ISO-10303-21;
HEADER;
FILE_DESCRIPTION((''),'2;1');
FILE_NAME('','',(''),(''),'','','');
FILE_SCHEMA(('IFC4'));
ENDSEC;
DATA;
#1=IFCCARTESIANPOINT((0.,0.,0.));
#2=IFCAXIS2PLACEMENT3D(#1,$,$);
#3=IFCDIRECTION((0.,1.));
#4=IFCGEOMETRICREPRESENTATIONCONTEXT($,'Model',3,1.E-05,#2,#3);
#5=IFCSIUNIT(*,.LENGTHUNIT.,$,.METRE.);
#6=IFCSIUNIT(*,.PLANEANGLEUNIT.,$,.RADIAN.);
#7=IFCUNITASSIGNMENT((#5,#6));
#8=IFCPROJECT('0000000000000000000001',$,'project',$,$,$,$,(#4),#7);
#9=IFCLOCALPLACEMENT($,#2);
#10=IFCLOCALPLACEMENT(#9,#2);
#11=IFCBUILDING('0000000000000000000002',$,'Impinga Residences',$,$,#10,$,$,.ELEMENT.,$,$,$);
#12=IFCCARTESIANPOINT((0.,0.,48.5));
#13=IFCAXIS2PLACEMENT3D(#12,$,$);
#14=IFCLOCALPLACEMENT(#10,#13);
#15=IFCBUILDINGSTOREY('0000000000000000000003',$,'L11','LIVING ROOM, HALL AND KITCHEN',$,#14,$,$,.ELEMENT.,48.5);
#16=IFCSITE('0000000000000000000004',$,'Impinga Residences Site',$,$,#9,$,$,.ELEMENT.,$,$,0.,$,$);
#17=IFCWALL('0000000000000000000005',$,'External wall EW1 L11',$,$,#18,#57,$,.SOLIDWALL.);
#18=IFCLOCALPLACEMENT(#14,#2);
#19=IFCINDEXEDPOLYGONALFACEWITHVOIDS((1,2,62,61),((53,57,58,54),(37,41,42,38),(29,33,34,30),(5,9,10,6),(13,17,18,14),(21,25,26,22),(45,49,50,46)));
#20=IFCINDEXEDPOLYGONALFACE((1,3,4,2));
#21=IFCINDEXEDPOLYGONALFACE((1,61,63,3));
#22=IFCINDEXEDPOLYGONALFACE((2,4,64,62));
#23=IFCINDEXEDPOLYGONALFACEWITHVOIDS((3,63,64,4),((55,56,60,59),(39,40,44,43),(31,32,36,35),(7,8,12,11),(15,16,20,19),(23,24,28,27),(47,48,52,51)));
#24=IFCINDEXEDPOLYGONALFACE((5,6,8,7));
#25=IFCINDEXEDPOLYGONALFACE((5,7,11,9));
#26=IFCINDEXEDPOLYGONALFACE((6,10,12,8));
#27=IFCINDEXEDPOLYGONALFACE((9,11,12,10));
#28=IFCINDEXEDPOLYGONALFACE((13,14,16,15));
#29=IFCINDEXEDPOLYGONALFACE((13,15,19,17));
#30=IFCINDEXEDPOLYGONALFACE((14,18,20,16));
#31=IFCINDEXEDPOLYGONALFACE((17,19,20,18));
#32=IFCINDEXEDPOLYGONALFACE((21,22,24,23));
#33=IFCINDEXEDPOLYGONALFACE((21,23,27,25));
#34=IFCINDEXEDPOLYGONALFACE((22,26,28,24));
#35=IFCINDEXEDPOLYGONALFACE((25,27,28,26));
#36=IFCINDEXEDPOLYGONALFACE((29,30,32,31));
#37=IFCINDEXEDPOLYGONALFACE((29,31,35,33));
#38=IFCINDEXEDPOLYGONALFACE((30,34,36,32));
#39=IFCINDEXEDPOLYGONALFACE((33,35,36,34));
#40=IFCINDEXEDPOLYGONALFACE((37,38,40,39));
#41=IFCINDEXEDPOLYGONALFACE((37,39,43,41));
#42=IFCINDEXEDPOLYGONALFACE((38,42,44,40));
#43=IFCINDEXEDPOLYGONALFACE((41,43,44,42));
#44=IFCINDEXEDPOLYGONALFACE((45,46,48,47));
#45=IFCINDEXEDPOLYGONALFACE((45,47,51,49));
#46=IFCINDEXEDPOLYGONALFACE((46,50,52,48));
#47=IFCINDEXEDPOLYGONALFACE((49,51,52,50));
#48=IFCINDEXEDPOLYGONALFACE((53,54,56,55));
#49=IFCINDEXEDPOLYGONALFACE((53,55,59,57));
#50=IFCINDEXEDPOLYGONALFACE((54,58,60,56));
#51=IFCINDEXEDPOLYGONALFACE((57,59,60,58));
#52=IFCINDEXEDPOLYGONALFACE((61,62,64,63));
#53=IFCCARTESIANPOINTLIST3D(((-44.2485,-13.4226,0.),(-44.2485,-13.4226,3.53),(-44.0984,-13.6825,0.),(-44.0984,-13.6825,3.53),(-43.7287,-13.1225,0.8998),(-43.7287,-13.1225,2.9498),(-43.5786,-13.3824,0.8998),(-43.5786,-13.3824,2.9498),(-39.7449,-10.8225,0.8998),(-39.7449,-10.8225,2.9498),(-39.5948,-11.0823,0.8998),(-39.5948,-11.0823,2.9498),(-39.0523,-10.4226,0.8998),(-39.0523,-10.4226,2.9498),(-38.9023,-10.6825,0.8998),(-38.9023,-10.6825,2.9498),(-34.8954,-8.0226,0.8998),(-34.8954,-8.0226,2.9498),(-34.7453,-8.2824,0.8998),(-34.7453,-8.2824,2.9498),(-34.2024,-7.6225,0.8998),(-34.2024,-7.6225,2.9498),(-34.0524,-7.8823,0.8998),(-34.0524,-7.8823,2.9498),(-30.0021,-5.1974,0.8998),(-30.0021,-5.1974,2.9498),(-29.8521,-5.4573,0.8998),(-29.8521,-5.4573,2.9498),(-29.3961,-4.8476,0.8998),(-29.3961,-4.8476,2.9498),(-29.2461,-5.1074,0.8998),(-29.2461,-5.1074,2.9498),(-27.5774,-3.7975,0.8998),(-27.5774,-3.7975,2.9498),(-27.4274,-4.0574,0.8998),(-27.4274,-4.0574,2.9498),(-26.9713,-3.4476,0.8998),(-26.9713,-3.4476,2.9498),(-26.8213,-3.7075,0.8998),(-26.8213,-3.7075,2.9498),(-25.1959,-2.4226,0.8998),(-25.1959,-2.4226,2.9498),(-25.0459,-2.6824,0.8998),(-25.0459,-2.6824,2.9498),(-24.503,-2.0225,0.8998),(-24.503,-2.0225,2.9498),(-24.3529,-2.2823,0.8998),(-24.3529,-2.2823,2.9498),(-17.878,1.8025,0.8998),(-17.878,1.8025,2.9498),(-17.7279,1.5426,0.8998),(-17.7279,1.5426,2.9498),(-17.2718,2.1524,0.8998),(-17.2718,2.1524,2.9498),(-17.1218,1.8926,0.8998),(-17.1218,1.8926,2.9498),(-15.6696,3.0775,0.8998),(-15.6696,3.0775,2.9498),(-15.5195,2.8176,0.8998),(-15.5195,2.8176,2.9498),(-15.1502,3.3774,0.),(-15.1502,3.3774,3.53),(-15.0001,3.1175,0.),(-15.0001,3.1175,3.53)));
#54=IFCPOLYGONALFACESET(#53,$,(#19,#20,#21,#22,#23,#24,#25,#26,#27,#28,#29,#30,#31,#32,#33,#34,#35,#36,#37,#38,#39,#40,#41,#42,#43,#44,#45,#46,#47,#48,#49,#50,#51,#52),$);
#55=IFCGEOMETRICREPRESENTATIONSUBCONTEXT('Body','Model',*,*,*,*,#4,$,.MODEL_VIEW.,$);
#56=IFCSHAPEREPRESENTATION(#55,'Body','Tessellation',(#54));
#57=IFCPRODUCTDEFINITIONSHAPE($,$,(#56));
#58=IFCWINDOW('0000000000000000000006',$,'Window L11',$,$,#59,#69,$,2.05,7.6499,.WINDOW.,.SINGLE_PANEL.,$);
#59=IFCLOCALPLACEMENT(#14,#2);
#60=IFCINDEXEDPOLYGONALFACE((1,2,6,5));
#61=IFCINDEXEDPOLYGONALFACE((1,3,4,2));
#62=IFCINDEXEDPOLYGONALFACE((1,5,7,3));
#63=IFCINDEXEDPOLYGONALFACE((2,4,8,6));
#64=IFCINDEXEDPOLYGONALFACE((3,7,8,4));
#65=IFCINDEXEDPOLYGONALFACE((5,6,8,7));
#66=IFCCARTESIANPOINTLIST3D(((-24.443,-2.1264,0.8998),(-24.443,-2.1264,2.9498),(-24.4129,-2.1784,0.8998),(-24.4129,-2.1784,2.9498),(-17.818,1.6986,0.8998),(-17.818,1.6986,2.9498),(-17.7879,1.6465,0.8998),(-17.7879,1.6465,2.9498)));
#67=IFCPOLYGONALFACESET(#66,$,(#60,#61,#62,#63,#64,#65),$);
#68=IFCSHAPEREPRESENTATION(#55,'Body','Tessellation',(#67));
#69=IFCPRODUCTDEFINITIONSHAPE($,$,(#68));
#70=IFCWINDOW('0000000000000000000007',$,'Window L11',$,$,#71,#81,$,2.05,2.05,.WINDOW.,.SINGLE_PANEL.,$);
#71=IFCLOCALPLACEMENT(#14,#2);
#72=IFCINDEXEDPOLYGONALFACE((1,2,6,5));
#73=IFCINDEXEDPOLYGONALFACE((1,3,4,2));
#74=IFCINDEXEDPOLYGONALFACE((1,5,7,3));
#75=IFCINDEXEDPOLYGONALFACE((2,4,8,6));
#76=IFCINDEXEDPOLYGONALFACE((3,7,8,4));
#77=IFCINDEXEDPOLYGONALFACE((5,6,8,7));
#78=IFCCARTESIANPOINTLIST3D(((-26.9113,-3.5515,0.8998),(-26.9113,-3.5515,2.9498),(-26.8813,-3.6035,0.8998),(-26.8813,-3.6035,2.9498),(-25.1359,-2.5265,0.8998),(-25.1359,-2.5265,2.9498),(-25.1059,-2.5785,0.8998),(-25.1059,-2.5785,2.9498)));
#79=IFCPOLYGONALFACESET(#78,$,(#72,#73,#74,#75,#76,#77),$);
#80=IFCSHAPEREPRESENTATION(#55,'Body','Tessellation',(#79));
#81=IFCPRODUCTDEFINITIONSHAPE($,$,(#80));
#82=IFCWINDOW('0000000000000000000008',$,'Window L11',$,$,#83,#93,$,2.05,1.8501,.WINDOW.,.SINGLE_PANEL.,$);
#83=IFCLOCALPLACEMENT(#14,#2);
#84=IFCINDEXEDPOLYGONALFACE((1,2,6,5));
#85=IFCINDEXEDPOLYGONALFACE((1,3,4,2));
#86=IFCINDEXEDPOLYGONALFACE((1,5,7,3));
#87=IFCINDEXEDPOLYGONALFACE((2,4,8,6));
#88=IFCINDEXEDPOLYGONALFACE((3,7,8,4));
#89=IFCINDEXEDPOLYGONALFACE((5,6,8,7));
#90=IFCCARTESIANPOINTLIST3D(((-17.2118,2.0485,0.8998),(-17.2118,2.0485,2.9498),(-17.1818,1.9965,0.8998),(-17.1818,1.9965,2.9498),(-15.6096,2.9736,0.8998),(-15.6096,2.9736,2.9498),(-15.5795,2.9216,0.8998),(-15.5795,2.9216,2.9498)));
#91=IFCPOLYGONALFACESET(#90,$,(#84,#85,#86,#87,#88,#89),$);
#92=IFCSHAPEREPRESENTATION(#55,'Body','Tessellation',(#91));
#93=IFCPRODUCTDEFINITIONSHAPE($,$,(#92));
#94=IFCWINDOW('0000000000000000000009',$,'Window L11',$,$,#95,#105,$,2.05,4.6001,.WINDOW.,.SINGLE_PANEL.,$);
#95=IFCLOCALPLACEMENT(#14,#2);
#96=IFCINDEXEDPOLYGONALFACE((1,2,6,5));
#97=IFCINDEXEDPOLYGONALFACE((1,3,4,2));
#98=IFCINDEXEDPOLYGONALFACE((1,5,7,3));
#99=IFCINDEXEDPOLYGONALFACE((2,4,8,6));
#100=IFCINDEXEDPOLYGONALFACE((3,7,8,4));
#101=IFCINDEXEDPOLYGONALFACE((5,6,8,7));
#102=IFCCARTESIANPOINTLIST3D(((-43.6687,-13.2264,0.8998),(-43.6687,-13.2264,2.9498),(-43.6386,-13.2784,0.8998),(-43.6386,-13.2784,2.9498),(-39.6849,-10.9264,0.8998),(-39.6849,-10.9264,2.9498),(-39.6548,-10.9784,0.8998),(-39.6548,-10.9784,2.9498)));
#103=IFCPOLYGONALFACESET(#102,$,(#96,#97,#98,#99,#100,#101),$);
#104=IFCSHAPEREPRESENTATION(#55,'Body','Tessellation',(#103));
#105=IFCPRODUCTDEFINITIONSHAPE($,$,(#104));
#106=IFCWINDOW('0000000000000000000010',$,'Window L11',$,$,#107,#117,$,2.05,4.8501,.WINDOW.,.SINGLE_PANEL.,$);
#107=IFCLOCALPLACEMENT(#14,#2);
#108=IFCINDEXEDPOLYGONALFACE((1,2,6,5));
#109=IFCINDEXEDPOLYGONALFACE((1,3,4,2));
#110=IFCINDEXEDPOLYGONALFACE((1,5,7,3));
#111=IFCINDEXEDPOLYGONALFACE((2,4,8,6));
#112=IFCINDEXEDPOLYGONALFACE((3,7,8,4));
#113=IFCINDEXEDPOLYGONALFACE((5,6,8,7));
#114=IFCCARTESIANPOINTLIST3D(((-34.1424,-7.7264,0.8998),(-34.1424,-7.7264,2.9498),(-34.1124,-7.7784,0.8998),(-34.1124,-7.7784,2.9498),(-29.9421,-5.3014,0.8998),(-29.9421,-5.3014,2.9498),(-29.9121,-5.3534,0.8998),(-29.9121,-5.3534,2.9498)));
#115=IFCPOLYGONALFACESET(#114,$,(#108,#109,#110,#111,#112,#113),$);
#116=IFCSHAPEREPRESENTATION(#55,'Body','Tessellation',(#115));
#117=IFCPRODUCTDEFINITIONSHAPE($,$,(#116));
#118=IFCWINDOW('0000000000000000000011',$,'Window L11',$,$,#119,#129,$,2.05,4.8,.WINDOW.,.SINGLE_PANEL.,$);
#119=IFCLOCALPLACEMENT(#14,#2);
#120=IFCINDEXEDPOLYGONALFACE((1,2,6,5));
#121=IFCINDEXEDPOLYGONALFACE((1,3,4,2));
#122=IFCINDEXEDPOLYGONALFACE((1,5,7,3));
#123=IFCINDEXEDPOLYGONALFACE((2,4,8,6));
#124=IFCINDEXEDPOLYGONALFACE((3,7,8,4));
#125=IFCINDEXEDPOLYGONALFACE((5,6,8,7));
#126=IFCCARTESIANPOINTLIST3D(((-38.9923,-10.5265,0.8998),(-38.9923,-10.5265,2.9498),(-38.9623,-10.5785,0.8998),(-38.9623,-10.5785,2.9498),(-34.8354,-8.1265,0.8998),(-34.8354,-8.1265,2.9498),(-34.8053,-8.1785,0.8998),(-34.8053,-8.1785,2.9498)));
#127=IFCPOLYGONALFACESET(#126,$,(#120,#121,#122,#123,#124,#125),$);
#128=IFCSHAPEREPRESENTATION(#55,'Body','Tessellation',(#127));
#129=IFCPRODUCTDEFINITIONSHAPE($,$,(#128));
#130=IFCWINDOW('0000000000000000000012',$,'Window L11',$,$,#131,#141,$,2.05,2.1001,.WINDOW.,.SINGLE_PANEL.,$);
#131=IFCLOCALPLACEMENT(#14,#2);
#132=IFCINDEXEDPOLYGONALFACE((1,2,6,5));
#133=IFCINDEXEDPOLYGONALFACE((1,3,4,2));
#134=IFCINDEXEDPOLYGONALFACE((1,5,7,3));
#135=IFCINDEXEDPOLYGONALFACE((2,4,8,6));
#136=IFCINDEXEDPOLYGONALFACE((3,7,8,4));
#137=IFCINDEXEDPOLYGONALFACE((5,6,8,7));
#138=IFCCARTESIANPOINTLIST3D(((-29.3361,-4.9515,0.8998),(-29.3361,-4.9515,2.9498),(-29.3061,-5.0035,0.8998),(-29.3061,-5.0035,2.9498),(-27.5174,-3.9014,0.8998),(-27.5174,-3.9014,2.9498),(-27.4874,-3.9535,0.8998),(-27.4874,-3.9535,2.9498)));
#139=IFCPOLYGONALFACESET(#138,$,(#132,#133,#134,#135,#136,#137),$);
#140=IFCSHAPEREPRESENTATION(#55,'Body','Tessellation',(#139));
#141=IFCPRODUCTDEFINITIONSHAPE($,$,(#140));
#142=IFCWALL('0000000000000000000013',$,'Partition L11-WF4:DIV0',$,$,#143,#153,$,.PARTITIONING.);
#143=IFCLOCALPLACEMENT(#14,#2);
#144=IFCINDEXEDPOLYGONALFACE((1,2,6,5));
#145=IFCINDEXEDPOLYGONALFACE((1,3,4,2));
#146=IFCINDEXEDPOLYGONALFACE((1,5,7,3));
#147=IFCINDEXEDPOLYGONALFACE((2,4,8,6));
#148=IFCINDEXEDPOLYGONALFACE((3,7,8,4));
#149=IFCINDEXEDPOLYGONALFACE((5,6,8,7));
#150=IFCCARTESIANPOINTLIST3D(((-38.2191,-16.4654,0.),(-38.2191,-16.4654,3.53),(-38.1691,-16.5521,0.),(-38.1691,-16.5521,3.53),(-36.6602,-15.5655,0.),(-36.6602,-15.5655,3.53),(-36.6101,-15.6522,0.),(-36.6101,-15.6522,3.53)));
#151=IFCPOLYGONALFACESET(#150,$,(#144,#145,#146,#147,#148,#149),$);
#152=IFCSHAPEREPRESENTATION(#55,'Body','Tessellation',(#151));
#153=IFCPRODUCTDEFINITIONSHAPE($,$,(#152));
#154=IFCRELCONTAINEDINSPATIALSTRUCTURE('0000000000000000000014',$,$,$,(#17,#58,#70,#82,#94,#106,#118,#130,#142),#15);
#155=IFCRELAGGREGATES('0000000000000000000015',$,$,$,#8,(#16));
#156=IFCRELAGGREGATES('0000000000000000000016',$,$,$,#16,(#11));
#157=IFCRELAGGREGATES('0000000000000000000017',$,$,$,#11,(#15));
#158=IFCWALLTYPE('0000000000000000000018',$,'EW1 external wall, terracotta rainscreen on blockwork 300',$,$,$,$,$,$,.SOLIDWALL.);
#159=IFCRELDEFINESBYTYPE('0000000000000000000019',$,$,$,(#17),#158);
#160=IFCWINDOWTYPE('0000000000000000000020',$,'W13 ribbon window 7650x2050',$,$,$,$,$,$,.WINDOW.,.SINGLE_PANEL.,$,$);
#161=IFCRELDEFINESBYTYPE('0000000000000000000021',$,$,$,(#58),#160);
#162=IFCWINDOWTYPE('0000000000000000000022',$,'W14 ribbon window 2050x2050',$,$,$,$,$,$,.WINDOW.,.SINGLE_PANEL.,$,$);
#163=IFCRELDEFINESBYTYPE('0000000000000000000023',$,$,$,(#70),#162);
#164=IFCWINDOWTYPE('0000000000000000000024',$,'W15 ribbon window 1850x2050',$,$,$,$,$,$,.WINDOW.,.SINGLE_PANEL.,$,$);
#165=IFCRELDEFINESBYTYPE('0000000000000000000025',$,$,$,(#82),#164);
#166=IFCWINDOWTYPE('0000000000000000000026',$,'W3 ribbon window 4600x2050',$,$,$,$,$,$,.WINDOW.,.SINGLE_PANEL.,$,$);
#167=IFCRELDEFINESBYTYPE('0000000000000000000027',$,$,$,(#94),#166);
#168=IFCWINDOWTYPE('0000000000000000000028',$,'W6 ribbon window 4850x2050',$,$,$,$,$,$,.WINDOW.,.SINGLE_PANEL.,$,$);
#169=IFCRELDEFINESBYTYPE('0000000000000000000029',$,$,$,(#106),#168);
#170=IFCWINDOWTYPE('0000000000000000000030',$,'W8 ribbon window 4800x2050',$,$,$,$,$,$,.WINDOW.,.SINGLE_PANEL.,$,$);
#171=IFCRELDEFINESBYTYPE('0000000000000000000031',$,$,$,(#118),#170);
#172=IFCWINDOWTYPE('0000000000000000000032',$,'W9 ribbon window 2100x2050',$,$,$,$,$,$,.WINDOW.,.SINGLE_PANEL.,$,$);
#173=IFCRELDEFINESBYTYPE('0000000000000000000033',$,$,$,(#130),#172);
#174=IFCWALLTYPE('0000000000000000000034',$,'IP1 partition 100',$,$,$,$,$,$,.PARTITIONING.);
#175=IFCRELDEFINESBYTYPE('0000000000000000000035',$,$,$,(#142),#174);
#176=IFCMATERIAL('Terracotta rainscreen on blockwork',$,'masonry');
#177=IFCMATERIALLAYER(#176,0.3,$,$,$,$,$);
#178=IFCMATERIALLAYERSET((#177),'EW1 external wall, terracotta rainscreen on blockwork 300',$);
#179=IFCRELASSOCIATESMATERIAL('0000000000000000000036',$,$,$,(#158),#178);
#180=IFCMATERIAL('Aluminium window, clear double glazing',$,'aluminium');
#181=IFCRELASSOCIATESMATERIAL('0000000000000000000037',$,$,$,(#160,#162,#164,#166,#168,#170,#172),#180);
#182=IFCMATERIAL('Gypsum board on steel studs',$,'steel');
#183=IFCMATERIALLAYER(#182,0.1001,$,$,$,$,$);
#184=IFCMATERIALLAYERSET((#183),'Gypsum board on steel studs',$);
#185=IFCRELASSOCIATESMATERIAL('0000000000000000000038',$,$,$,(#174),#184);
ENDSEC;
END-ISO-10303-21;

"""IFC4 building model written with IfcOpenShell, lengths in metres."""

from ifc_helpers import new_model, si_unit, direction, frame, frame_2d, origin, place, context, subcontext, project, spatial, rectangle, extrude, material, layer, layer_set, type_object, element, fill, save


model = new_model("IFC4")

# Units and contexts
model_context = context("Model", 3, precision=1e-05, world=origin(), true_north=direction((0.0, 1.0)))
body_context = subcontext(model_context, "Body", "Model", "MODEL_VIEW")
ifc_project = project(units=[si_unit("LENGTHUNIT", "METRE"), si_unit("PLANEANGLEUNIT", "RADIAN")], contexts=[model_context])

# Site, building, storey
site_placement = place(None, origin())
site = spatial("IfcSite", under=ifc_project, at=site_placement, Name="Impinga Residences Site", CompositionType="ELEMENT", RefElevation=0.0)
building_placement = place(site_placement, origin())
building = spatial("IfcBuilding", under=site, at=building_placement, Name="Impinga Residences", CompositionType="ELEMENT")
storey_placement = place(building_placement, frame((0.0, 0.0, 48.5)))
storey = spatial("IfcBuildingStorey", under=building, at=storey_placement, Name="L11", Description="LIVING ROOM, HALL AND KITCHEN", CompositionType="ELEMENT", Elevation=48.5)

# Shared definitions
ifc_material_1 = material(Name="Terracotta rainscreen on blockwork", Category="masonry")
ifc_layer_1 = layer(ifc_material_1, 0.3)
ifc_layer_set_1 = layer_set([ifc_layer_1], Name="EW1 external wall, terracotta rainscreen on blockwork 300")
wall_type_1 = type_object("IfcWallType", Name="EW1 external wall, terracotta rainscreen on blockwork 300", PredefinedType="SOLIDWALL", material=ifc_layer_set_1)

# Wall, openings, windows
wall_1_placement = place(storey_placement, frame((-44.1733, -13.5525, 0.0), z_axis=(0.0, 0.0, 1.0), x_axis=(0.866024, 0.500002, 0.0)))
wall_1 = element("IfcWall", 1, at=wall_1_placement, inside=storey, type_object=wall_type_1, Name="External wall EW1 L11", PredefinedType="SOLIDWALL", context=body_context, shape_type="SweptSolid", body=[
    extrude(rectangle(XDim=33.5999, YDim=0.3, at=frame_2d((16.7998, 0.0))), origin(), (0.0, 0.0, 1.0), 3.53),
])
opening_1_placement = place(wall_1_placement, frame((0.6001, 0.0, 0.8999)))
opening_1 = element("IfcOpeningElement", 2, at=opening_1_placement, cuts=wall_1, PredefinedType="OPENING", context=body_context, shape_type="SweptSolid", body=[
    extrude(rectangle(XDim=4.6001, YDim=2.05, at=frame_2d((2.3, 1.0249))), frame((0.0, 0.1599, 0.0), z_axis=(0.0, -1.0, 0.0), x_axis=(1.0, 0.0, 0.0)), (0.0, 0.0, 1.0), 0.3201),
])
opening_2_placement = place(wall_1_placement, frame((6.0, 0.0, 0.8999)))
opening_2 = element("IfcOpeningElement", 3, at=opening_2_placement, cuts=wall_1, PredefinedType="OPENING", context=body_context, shape_type="SweptSolid", body=[
    extrude(rectangle(XDim=4.8, YDim=2.05, at=frame_2d((2.3999, 1.0249))), frame((0.0, 0.1599, 0.0), z_axis=(0.0, -1.0, 0.0), x_axis=(1.0, 0.0, 0.0)), (0.0, 0.0, 1.0), 0.3201),
])
opening_3_placement = place(wall_1_placement, frame((11.6001, 0.0, 0.8999)))
opening_3 = element("IfcOpeningElement", 4, at=opening_3_placement, cuts=wall_1, PredefinedType="OPENING", context=body_context, shape_type="SweptSolid", body=[
    extrude(rectangle(XDim=4.8501, YDim=2.05, at=frame_2d((2.425, 1.0249))), frame((0.0, 0.1599, 0.0), z_axis=(0.0, -1.0, 0.0), x_axis=(1.0, 0.0, 0.0)), (0.0, 0.0, 1.0), 0.3201),
])
opening_4_placement = place(wall_1_placement, frame((17.1499, 0.0, 0.8999)))
opening_4 = element("IfcOpeningElement", 5, at=opening_4_placement, cuts=wall_1, PredefinedType="OPENING", context=body_context, shape_type="SweptSolid", body=[
    extrude(rectangle(XDim=2.1001, YDim=2.05, at=frame_2d((1.05, 1.0249))), frame((0.0, 0.1599, 0.0), z_axis=(0.0, -1.0, 0.0), x_axis=(1.0, 0.0, 0.0)), (0.0, 0.0, 1.0), 0.3201),
])
opening_5_placement = place(wall_1_placement, frame((19.95, 0.0, 0.8999)))
opening_5 = element("IfcOpeningElement", 6, at=opening_5_placement, cuts=wall_1, PredefinedType="OPENING", context=body_context, shape_type="SweptSolid", body=[
    extrude(rectangle(XDim=2.05, YDim=2.05, at=frame_2d((1.0249, 1.0249))), frame((0.0, 0.1599, 0.0), z_axis=(0.0, -1.0, 0.0), x_axis=(1.0, 0.0, 0.0)), (0.0, 0.0, 1.0), 0.3201),
])
opening_6_placement = place(wall_1_placement, frame((22.8, 0.0, 0.8999)))
opening_6 = element("IfcOpeningElement", 7, at=opening_6_placement, cuts=wall_1, PredefinedType="OPENING", context=body_context, shape_type="SweptSolid", body=[
    extrude(rectangle(XDim=7.6499, YDim=2.05, at=frame_2d((3.825, 1.0249))), frame((0.0, 0.1599, 0.0), z_axis=(0.0, -1.0, 0.0), x_axis=(1.0, 0.0, 0.0)), (0.0, 0.0, 1.0), 0.3201),
])
opening_7_placement = place(wall_1_placement, frame((31.1499, 0.0, 0.8999)))
opening_7 = element("IfcOpeningElement", 8, at=opening_7_placement, cuts=wall_1, PredefinedType="OPENING", context=body_context, shape_type="SweptSolid", body=[
    extrude(rectangle(XDim=1.8501, YDim=2.05, at=frame_2d((0.925, 1.0249))), frame((0.0, 0.1599, 0.0), z_axis=(0.0, -1.0, 0.0), x_axis=(1.0, 0.0, 0.0)), (0.0, 0.0, 1.0), 0.3201),
])
ifc_material_2 = material(Name="Aluminium window, clear double glazing", Category="aluminium")
window_type_1 = type_object("IfcWindowType", Name="W13 ribbon window 7650x2050", PartitioningType="SINGLE_PANEL", PredefinedType="WINDOW", material=ifc_material_2)
window_1_placement = place(opening_6_placement, origin())
window_1 = element("IfcWindow", 9, at=window_1_placement, inside=storey, type_object=window_type_1, Name="Window L11", OverallHeight=2.05, OverallWidth=7.6499, PartitioningType="SINGLE_PANEL", PredefinedType="WINDOW", context=body_context, shape_type="SweptSolid", body=[
    extrude(rectangle(XDim=7.6499, YDim=2.05, at=frame_2d((3.825, 1.0249))), frame((0.0, 0.03, 0.0), z_axis=(0.0, -1.0, 0.0), x_axis=(1.0, 0.0, 0.0)), (0.0, 0.0, 1.0), 0.0601),
])
fill(opening_6, window_1)
window_type_2 = type_object("IfcWindowType", Name="W14 ribbon window 2050x2050", PartitioningType="SINGLE_PANEL", PredefinedType="WINDOW", material=ifc_material_2)
window_2_placement = place(opening_5_placement, origin())
window_2 = element("IfcWindow", 10, at=window_2_placement, inside=storey, type_object=window_type_2, Name="Window L11", OverallHeight=2.05, OverallWidth=2.05, PartitioningType="SINGLE_PANEL", PredefinedType="WINDOW", context=body_context, shape_type="SweptSolid", body=[
    extrude(rectangle(XDim=2.05, YDim=2.05, at=frame_2d((1.0249, 1.0249))), frame((0.0, 0.03, 0.0), z_axis=(0.0, -1.0, 0.0), x_axis=(1.0, 0.0, 0.0)), (0.0, 0.0, 1.0), 0.0601),
])
fill(opening_5, window_2)
window_type_3 = type_object("IfcWindowType", Name="W15 ribbon window 1850x2050", PartitioningType="SINGLE_PANEL", PredefinedType="WINDOW", material=ifc_material_2)
window_3_placement = place(opening_7_placement, origin())
window_3 = element("IfcWindow", 11, at=window_3_placement, inside=storey, type_object=window_type_3, Name="Window L11", OverallHeight=2.05, OverallWidth=1.8501, PartitioningType="SINGLE_PANEL", PredefinedType="WINDOW", context=body_context, shape_type="SweptSolid", body=[
    extrude(rectangle(XDim=1.8501, YDim=2.05, at=frame_2d((0.925, 1.0249))), frame((0.0, 0.03, 0.0), z_axis=(0.0, -1.0, 0.0), x_axis=(1.0, 0.0, 0.0)), (0.0, 0.0, 1.0), 0.0601),
])
fill(opening_7, window_3)
window_type_4 = type_object("IfcWindowType", Name="W3 ribbon window 4600x2050", PartitioningType="SINGLE_PANEL", PredefinedType="WINDOW", material=ifc_material_2)
window_4_placement = place(opening_1_placement, origin())
window_4 = element("IfcWindow", 12, at=window_4_placement, inside=storey, type_object=window_type_4, Name="Window L11", OverallHeight=2.05, OverallWidth=4.6001, PartitioningType="SINGLE_PANEL", PredefinedType="WINDOW", context=body_context, shape_type="SweptSolid", body=[
    extrude(rectangle(XDim=4.6001, YDim=2.05, at=frame_2d((2.3, 1.0249))), frame((0.0, 0.03, 0.0), z_axis=(0.0, -1.0, 0.0), x_axis=(1.0, 0.0, 0.0)), (0.0, 0.0, 1.0), 0.0601),
])
fill(opening_1, window_4)
window_type_5 = type_object("IfcWindowType", Name="W6 ribbon window 4850x2050", PartitioningType="SINGLE_PANEL", PredefinedType="WINDOW", material=ifc_material_2)
window_5_placement = place(opening_3_placement, origin())
window_5 = element("IfcWindow", 13, at=window_5_placement, inside=storey, type_object=window_type_5, Name="Window L11", OverallHeight=2.05, OverallWidth=4.8501, PartitioningType="SINGLE_PANEL", PredefinedType="WINDOW", context=body_context, shape_type="SweptSolid", body=[
    extrude(rectangle(XDim=4.8501, YDim=2.05, at=frame_2d((2.425, 1.0249))), frame((0.0, 0.03, 0.0), z_axis=(0.0, -1.0, 0.0), x_axis=(1.0, 0.0, 0.0)), (0.0, 0.0, 1.0), 0.0601),
])
fill(opening_3, window_5)
window_type_6 = type_object("IfcWindowType", Name="W8 ribbon window 4800x2050", PartitioningType="SINGLE_PANEL", PredefinedType="WINDOW", material=ifc_material_2)
window_6_placement = place(opening_2_placement, origin())
window_6 = element("IfcWindow", 14, at=window_6_placement, inside=storey, type_object=window_type_6, Name="Window L11", OverallHeight=2.05, OverallWidth=4.8, PartitioningType="SINGLE_PANEL", PredefinedType="WINDOW", context=body_context, shape_type="SweptSolid", body=[
    extrude(rectangle(XDim=4.8, YDim=2.05, at=frame_2d((2.3999, 1.0249))), frame((0.0, 0.03, 0.0), z_axis=(0.0, -1.0, 0.0), x_axis=(1.0, 0.0, 0.0)), (0.0, 0.0, 1.0), 0.0601),
])
fill(opening_2, window_6)
window_type_7 = type_object("IfcWindowType", Name="W9 ribbon window 2100x2050", PartitioningType="SINGLE_PANEL", PredefinedType="WINDOW", material=ifc_material_2)
window_7_placement = place(opening_4_placement, origin())
window_7 = element("IfcWindow", 15, at=window_7_placement, inside=storey, type_object=window_type_7, Name="Window L11", OverallHeight=2.05, OverallWidth=2.1001, PartitioningType="SINGLE_PANEL", PredefinedType="WINDOW", context=body_context, shape_type="SweptSolid", body=[
    extrude(rectangle(XDim=2.1001, YDim=2.05, at=frame_2d((1.05, 1.0249))), frame((0.0, 0.03, 0.0), z_axis=(0.0, -1.0, 0.0), x_axis=(1.0, 0.0, 0.0)), (0.0, 0.0, 1.0), 0.0601),
])
fill(opening_4, window_7)

# Wall
ifc_material_3 = material(Name="Gypsum board on steel studs", Category="steel")
ifc_layer_2 = layer(ifc_material_3, 0.1001)
ifc_layer_set_2 = layer_set([ifc_layer_2], Name="Gypsum board on steel studs")
wall_type_2 = type_object("IfcWallType", Name="IP1 partition 100", PredefinedType="PARTITIONING", material=ifc_layer_set_2)
wall_2_placement = place(storey_placement, frame((-36.6353, -15.6089, 0.0), z_axis=(0.0, 0.0, 1.0), x_axis=(-0.866048, -0.499961, 0.0)))
element("IfcWall", 16, at=wall_2_placement, inside=storey, type_object=wall_type_2, Name="Partition L11-WF4:DIV0", PredefinedType="PARTITIONING", context=body_context, shape_type="SweptSolid", body=[
    extrude(rectangle(XDim=1.8, YDim=0.1001, at=frame_2d((0.8999, 0.0))), origin(), (0.0, 0.0, 1.0), 3.53),
])

save(model, "model.ifc")
